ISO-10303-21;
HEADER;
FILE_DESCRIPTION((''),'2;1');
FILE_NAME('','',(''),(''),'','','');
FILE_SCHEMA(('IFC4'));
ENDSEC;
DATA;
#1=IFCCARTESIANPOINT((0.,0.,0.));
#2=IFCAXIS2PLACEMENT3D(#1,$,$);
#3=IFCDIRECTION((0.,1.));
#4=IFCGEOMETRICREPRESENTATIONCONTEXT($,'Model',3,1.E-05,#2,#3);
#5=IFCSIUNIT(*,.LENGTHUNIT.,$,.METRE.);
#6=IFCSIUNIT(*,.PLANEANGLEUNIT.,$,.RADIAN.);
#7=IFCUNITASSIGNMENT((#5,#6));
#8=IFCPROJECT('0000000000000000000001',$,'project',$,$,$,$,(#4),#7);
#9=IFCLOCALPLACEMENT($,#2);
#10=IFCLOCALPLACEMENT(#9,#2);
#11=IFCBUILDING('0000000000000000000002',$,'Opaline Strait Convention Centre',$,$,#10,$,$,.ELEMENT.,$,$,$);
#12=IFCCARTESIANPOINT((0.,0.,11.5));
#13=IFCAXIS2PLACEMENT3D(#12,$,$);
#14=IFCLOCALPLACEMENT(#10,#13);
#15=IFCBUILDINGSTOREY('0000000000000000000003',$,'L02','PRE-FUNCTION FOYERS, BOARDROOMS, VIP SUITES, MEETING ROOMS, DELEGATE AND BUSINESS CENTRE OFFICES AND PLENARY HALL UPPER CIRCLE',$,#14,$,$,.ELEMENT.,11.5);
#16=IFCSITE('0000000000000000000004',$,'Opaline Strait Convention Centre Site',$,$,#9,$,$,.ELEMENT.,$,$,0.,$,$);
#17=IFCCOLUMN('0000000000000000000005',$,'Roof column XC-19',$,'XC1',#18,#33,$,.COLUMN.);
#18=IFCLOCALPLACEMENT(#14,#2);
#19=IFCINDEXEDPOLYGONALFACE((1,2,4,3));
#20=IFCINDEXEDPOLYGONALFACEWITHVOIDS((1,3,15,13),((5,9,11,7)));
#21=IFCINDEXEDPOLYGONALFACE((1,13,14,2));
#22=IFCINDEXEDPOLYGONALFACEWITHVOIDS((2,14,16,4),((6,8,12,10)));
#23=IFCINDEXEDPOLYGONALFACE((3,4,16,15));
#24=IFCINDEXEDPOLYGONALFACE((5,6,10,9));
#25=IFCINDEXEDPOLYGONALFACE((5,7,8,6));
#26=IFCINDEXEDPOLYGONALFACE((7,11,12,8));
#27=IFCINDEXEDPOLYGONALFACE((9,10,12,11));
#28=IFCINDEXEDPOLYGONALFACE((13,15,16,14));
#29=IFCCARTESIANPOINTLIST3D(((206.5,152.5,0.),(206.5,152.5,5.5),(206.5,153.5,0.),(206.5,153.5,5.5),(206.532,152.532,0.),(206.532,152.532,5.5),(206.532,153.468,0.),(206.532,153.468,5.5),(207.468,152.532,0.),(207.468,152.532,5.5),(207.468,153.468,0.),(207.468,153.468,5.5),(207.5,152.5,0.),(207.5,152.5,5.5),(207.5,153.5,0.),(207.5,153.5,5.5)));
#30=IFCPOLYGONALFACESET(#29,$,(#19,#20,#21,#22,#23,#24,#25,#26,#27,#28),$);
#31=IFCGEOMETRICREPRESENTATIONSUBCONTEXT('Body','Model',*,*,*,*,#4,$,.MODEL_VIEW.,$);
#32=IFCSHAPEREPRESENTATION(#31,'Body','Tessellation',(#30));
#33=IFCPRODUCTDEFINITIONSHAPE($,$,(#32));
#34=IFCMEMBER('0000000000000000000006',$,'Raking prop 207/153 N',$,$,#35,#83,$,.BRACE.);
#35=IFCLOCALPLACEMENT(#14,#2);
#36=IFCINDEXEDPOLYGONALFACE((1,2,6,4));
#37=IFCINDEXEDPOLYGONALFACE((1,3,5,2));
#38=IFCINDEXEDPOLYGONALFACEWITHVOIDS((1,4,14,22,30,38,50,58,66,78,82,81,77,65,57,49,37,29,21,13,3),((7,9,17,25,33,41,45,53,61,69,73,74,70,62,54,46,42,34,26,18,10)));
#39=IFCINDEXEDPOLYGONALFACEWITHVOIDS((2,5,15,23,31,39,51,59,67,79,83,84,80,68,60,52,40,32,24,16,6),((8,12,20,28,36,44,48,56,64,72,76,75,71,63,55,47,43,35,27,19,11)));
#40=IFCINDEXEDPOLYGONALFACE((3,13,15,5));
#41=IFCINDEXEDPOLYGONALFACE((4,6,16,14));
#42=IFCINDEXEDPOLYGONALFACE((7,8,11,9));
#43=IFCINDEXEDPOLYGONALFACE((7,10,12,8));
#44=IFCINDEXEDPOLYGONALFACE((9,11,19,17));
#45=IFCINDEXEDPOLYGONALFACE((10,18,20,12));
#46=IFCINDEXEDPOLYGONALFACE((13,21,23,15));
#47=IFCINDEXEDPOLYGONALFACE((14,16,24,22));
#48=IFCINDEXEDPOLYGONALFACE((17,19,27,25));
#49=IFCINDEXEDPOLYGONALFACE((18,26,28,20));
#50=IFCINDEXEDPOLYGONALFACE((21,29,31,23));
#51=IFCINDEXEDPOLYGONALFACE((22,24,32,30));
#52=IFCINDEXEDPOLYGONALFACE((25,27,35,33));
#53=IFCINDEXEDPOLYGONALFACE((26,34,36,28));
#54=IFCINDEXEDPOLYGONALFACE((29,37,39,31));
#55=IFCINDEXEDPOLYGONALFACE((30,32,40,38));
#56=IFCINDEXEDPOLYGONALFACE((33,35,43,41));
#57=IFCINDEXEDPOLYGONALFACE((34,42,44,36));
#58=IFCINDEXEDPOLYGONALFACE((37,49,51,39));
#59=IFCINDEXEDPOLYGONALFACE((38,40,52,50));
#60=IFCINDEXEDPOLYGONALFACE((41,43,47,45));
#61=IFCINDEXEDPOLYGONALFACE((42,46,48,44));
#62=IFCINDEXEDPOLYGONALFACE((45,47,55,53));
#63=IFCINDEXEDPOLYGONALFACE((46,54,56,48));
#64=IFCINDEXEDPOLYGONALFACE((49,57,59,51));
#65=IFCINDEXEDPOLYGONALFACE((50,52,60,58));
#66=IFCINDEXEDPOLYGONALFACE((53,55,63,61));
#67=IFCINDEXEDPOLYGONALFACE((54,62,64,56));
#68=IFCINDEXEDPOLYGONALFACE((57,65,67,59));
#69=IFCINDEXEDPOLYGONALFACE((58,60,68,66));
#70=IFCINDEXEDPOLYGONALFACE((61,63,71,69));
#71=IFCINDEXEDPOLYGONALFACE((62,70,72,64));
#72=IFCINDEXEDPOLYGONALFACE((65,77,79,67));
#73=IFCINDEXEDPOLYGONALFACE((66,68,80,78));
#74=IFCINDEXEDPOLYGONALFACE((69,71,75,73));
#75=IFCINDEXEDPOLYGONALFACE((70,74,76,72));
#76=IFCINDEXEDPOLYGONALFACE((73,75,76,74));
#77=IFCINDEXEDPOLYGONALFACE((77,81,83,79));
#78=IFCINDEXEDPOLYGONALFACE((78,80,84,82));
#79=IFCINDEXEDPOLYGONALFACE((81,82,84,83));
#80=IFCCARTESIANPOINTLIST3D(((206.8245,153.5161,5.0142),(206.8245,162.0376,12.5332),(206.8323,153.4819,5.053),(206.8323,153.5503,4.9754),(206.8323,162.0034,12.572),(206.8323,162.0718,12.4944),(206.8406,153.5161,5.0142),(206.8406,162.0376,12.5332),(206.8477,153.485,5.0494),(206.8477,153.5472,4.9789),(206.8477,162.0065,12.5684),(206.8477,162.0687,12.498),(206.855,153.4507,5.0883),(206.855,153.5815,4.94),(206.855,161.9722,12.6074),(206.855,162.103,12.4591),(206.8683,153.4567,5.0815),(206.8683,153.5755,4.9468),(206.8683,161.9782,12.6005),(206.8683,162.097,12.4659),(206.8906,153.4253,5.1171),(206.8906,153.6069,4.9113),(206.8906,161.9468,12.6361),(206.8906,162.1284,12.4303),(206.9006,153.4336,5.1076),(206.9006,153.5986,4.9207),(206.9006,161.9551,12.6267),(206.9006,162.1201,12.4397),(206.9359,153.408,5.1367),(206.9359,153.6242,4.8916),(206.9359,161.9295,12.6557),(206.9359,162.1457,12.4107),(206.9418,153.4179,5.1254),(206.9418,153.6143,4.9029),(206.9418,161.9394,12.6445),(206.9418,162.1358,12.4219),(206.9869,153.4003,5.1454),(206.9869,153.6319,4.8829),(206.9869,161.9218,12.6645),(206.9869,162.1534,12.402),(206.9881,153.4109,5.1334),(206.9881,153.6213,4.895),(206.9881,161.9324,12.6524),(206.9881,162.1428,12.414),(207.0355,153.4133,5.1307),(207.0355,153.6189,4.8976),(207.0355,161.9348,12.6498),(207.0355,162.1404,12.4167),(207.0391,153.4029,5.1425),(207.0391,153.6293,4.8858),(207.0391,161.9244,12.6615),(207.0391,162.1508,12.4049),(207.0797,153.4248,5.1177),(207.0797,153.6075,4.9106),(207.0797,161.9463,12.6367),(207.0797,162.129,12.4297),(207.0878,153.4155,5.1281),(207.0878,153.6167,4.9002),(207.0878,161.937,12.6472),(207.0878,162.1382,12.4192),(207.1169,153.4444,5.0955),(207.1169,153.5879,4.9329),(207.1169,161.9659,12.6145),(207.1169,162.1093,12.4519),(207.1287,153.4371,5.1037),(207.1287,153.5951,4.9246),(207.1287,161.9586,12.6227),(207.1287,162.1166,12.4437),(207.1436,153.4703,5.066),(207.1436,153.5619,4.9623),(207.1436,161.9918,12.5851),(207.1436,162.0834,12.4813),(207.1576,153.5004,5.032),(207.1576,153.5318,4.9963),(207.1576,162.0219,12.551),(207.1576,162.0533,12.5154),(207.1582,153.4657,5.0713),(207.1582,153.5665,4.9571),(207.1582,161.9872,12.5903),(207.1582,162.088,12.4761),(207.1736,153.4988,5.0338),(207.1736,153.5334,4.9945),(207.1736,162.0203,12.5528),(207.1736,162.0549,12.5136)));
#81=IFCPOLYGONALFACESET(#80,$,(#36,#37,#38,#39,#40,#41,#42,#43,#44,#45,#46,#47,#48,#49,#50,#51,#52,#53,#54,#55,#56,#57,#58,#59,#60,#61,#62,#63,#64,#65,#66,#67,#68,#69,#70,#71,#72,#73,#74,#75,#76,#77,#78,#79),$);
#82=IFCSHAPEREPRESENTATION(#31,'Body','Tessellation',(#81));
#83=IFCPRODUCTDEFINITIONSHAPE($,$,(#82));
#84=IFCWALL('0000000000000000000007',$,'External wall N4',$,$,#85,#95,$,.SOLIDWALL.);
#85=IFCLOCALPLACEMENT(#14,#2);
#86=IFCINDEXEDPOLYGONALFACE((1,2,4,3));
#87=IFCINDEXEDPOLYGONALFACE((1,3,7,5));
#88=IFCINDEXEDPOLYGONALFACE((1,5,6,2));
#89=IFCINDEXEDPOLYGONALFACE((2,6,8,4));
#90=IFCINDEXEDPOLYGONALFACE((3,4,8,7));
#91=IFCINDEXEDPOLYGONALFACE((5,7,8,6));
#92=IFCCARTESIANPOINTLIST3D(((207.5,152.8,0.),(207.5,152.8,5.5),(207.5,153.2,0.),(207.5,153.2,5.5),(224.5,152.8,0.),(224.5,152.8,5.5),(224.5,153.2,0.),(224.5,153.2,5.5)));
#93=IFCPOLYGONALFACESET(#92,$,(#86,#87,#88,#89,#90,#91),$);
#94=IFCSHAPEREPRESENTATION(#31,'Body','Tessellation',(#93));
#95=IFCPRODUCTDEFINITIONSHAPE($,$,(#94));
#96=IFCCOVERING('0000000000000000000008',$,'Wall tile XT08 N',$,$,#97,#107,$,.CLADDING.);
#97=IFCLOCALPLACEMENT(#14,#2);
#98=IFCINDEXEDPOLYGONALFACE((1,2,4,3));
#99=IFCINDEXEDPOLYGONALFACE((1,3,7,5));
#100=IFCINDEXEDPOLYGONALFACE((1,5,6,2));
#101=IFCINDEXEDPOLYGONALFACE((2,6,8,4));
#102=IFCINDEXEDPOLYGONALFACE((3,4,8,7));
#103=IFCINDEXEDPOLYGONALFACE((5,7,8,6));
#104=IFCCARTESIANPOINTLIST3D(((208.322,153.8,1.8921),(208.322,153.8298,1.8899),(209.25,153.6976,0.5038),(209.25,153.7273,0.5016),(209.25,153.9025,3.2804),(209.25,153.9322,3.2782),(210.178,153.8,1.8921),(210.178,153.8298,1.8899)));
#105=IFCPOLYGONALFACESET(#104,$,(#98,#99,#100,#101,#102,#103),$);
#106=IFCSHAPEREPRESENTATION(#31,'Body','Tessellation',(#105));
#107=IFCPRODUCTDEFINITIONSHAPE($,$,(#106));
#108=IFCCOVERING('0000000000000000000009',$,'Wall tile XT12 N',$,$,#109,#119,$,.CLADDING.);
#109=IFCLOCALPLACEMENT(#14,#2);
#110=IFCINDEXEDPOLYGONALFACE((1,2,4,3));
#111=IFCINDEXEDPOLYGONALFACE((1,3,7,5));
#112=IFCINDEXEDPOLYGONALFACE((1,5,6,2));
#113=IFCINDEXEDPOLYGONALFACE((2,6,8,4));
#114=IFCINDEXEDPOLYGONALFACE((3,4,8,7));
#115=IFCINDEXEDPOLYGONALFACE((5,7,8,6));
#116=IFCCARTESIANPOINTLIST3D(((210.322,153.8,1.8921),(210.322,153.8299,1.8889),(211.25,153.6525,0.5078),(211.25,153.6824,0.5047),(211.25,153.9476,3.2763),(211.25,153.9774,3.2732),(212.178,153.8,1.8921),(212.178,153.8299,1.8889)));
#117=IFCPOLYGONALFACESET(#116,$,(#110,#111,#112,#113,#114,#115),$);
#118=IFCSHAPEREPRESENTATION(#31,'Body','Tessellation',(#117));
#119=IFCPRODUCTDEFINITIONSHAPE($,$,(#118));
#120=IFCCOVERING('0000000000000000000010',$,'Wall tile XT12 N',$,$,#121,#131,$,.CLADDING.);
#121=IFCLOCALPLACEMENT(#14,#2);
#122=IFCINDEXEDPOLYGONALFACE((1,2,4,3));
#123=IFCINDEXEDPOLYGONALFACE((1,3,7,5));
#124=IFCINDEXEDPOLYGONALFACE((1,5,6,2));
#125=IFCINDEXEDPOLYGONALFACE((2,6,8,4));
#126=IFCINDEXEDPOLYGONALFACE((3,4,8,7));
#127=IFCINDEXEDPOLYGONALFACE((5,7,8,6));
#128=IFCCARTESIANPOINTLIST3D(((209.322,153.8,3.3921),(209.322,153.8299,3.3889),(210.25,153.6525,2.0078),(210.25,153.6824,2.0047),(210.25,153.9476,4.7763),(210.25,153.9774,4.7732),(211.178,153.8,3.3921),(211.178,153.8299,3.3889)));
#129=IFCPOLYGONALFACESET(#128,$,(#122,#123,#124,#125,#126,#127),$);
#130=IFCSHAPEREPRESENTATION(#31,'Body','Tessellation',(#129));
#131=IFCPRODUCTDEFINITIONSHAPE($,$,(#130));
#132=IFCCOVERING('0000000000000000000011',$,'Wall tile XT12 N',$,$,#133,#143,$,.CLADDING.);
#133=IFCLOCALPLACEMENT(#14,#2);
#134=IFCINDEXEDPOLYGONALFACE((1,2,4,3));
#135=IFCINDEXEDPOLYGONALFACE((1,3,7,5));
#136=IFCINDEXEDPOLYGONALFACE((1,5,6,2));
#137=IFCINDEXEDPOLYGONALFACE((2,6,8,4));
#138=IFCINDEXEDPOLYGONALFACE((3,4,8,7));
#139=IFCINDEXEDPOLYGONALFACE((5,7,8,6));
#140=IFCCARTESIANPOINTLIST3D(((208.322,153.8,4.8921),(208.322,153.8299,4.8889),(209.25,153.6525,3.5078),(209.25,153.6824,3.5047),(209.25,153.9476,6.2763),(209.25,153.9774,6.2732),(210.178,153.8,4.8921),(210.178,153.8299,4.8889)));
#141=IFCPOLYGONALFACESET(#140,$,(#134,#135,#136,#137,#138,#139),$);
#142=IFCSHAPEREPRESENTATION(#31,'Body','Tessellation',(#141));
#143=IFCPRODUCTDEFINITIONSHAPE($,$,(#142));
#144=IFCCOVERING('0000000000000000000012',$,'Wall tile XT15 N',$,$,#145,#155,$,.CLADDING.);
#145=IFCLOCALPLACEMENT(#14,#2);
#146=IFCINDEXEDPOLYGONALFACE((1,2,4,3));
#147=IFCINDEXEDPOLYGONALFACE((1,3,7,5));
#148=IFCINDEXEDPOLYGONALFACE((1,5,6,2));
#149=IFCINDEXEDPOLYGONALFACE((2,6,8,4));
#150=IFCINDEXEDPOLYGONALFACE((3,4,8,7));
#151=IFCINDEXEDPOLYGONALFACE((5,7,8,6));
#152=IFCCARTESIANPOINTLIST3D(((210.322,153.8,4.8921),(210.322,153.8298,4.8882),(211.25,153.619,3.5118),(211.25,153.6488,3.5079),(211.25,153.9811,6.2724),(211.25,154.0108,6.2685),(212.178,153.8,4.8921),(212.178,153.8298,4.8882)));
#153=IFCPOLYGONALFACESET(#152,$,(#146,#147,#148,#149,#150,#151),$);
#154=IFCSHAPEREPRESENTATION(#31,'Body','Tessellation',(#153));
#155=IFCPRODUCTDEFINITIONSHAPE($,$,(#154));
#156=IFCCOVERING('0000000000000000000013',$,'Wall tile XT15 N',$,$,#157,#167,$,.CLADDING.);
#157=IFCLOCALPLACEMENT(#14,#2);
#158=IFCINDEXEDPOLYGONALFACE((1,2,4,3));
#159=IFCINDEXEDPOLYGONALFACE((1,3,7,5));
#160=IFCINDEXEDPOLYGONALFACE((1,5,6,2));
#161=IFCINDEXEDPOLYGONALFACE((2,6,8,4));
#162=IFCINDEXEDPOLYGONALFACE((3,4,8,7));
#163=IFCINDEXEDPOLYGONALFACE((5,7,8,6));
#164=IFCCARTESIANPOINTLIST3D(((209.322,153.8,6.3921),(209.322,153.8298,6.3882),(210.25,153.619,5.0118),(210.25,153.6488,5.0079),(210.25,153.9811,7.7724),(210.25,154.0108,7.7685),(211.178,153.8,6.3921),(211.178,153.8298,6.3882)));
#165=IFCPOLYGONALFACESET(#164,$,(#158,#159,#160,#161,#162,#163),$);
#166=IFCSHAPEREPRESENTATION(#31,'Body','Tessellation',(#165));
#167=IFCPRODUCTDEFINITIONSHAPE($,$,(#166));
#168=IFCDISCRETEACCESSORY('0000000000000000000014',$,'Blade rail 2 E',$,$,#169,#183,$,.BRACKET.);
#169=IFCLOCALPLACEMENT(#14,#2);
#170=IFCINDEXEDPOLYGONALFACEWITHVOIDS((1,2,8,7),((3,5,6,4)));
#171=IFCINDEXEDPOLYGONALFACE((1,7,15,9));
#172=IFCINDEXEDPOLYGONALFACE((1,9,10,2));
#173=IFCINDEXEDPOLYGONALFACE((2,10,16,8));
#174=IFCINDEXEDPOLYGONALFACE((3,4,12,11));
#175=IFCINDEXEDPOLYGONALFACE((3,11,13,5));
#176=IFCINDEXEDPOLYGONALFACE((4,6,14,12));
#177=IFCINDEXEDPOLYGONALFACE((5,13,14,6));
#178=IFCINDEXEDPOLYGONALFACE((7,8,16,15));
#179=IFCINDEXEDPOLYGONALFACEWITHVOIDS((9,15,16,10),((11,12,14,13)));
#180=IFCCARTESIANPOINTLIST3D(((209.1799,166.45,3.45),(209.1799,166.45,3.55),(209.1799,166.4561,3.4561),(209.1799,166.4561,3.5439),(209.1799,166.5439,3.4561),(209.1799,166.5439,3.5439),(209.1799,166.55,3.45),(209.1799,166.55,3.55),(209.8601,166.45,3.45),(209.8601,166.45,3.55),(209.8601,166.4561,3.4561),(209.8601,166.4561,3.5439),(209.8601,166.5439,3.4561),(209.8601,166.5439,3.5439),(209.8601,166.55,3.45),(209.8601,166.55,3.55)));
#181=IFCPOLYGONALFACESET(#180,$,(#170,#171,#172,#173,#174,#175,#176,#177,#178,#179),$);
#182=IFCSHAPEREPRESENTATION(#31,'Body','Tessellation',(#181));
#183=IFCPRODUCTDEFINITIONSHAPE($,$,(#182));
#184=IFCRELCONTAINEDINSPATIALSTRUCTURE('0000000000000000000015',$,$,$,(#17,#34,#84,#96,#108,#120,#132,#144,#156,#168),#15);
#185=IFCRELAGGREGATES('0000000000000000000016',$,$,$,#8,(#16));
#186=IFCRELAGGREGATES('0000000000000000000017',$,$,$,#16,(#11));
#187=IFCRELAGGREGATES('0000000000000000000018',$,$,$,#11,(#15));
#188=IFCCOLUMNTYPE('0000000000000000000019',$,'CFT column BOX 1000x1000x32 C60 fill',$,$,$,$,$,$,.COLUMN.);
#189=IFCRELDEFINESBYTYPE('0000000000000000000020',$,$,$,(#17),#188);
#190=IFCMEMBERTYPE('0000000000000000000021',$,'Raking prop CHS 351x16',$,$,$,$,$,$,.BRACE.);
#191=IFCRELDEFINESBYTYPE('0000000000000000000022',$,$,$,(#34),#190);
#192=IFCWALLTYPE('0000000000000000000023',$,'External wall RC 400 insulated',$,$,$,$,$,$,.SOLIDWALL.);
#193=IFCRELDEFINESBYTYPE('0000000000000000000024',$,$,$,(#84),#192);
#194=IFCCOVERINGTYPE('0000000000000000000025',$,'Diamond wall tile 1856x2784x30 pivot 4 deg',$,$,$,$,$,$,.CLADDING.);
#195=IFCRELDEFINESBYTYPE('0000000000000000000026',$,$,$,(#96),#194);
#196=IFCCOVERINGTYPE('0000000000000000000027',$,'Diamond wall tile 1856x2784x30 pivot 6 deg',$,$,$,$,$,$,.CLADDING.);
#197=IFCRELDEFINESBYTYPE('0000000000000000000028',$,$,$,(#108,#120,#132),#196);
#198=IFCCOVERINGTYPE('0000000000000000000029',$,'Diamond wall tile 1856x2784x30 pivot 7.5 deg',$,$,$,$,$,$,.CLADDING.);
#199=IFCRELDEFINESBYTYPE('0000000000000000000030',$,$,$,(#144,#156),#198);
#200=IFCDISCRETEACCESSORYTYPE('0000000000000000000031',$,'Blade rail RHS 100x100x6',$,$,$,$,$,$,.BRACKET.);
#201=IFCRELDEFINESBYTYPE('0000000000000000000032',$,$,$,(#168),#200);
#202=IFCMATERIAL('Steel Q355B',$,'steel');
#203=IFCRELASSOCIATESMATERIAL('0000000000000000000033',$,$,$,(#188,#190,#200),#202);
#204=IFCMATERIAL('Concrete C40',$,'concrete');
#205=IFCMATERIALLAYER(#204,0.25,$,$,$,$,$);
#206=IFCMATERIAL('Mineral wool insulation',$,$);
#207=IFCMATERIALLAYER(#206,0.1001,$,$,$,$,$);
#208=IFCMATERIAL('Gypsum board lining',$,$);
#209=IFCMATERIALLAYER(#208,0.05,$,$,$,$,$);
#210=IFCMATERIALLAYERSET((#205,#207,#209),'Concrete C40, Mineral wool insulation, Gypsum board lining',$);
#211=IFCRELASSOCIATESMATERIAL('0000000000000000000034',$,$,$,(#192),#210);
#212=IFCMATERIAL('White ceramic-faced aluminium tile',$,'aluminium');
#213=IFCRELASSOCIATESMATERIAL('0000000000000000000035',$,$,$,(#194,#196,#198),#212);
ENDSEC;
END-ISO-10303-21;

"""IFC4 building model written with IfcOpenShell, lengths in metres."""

from ifc_helpers import new_model, si_unit, direction, frame, frame_2d, origin, origin_2d, place, context, subcontext, project, spatial, polyline, rectangle, hollow_rectangle, hollow_circle, outline, extrude, material, layer, layer_set, material_profile, profile_set, type_object, element, save


model = new_model("IFC4")

# Units and contexts
model_context = context("Model", 3, precision=1e-05, world=origin(), true_north=direction((0.0, 1.0)))
body_context = subcontext(model_context, "Body", "Model", "MODEL_VIEW")
ifc_project = project(units=[si_unit("LENGTHUNIT", "METRE"), si_unit("PLANEANGLEUNIT", "RADIAN")], contexts=[model_context])

# Site, building, storey
site_placement = place(None, origin())
site = spatial("IfcSite", under=ifc_project, at=site_placement, Name="Opaline Strait Convention Centre Site", CompositionType="ELEMENT", RefElevation=0.0)
building_placement = place(site_placement, origin())
building = spatial("IfcBuilding", under=site, at=building_placement, Name="Opaline Strait Convention Centre", CompositionType="ELEMENT")
storey_placement = place(building_placement, frame((0.0, 0.0, 11.5)))
storey = spatial("IfcBuildingStorey", under=building, at=storey_placement, Name="L02", Description="PRE-FUNCTION FOYERS, BOARDROOMS, VIP SUITES, MEETING ROOMS, DELEGATE AND BUSINESS CENTRE OFFICES AND PLENARY HALL UPPER CIRCLE", CompositionType="ELEMENT", Elevation=11.5)

# Column
ifc_material_1 = material(Name="Steel Q355B", Category="steel")
ifc_material_profile_1 = material_profile(ifc_material_1, hollow_rectangle(XDim=1.0, YDim=1.0, WallThickness=0.032, at=origin_2d()), Name="BOX 1000x1000x32")
ifc_profile_set_1 = profile_set([ifc_material_profile_1], Name="Steel Q355B")
column_type = type_object("IfcColumnType", Name="CFT column BOX 1000x1000x32 C60 fill", PredefinedType="COLUMN", material=ifc_profile_set_1)
column_placement = place(storey_placement, frame((207.0, 153.0, 0.0), z_axis=(0.0, 0.0, 1.0), x_axis=(1.0, 0.0, 0.0)))
element("IfcColumn", 1, at=column_placement, inside=storey, type_object=column_type, Name="Roof column XC-19", ObjectType="XC1", PredefinedType="COLUMN", context=body_context, shape_type="SweptSolid", body=[
    extrude(hollow_rectangle(XDim=1.0, YDim=1.0, WallThickness=0.032, at=origin_2d()), origin(), (0.0, 0.0, 1.0), 5.5),
])

# Member
ifc_material_profile_2 = material_profile(ifc_material_1, hollow_circle(Radius=0.1755, WallThickness=0.0161, at=origin_2d()), Name="CHS 351x16")
ifc_profile_set_2 = profile_set([ifc_material_profile_2], Name="Steel Q355B")
member_type = type_object("IfcMemberType", Name="Raking prop CHS 351x16", PredefinedType="BRACE", material=ifc_profile_set_2)
member_placement = place(storey_placement, frame((207.0, 153.5161, 5.0142), z_axis=(0.0, 0.749834, 0.661626), x_axis=(-1.0, 0.0, 0.0)))
element("IfcMember", 2, at=member_placement, inside=storey, type_object=member_type, Name="Raking prop 207/153 N", PredefinedType="BRACE", context=body_context, shape_type="SweptSolid", body=[
    extrude(hollow_circle(Radius=0.1755, WallThickness=0.0161, at=origin_2d()), origin(), (0.0, 0.0, 1.0), 11.3645),
])

# Wall
ifc_material_2 = material(Name="Concrete C40", Category="concrete")
ifc_layer_1 = layer(ifc_material_2, 0.25)
ifc_material_3 = material(Name="Mineral wool insulation")
ifc_layer_2 = layer(ifc_material_3, 0.1001)
ifc_material_4 = material(Name="Gypsum board lining")
ifc_layer_3 = layer(ifc_material_4, 0.05)
ifc_layer_set = layer_set([ifc_layer_1, ifc_layer_2, ifc_layer_3], Name="Concrete C40, Mineral wool insulation, Gypsum board lining")
wall_type = type_object("IfcWallType", Name="External wall RC 400 insulated", PredefinedType="SOLIDWALL", material=ifc_layer_set)
wall_placement = place(storey_placement, frame((207.5, 153.0, 0.0), z_axis=(0.0, 0.0, 1.0), x_axis=(1.0, 0.0, 0.0)))
element("IfcWall", 3, at=wall_placement, inside=storey, type_object=wall_type, Name="External wall N4", PredefinedType="SOLIDWALL", context=body_context, shape_type="SweptSolid", body=[
    extrude(rectangle(XDim=17.0, YDim=0.3999, at=frame_2d((8.5, 0.0))), origin(), (0.0, 0.0, 1.0), 5.5),
])

# Coverings
ifc_material_5 = material(Name="White ceramic-faced aluminium tile", Category="aluminium")
ifc_material_profile_3 = material_profile(ifc_material_5, outline(polyline([(0.928, 0.0), (0.0, 1.3921), (-0.928, 0.0), (0.0, -1.3921), (0.928, 0.0)])), Name="Diamond tile 1856x2784")
ifc_profile_set_3 = profile_set([ifc_material_profile_3], Name="White ceramic-faced aluminium tile")
covering_type_1 = type_object("IfcCoveringType", Name="Diamond wall tile 1856x2784x30 pivot 4 deg", PredefinedType="CLADDING", material=ifc_profile_set_3)
covering_placement = place(storey_placement, frame((209.25, 153.8, 1.8921), z_axis=(0.0, 0.99729, -0.073571), x_axis=(-1.0, 0.0, 0.0)))
element("IfcCovering", 4, at=covering_placement, inside=storey, type_object=covering_type_1, Name="Wall tile XT08 N", PredefinedType="CLADDING", context=body_context, shape_type="SweptSolid", body=[
    extrude(outline(polyline([(0.928, 0.0), (0.0, 1.3921), (-0.928, 0.0), (0.0, -1.3921), (0.928, 0.0)])), origin(), (0.0, 0.0, 1.0), 0.0298),
])
ifc_material_profile_4 = material_profile(ifc_material_5, outline(polyline([(0.928, 0.0), (0.0, 1.3921), (-0.928, 0.0), (0.0, -1.3921), (0.928, 0.0)])), Name="Diamond tile 1856x2784")
ifc_profile_set_4 = profile_set([ifc_material_profile_4], Name="White ceramic-faced aluminium tile")
covering_type_2 = type_object("IfcCoveringType", Name="Diamond wall tile 1856x2784x30 pivot 6 deg", PredefinedType="CLADDING", material=ifc_profile_set_4)
for number, where, z_axis, x_axis, name in (
    (5, (211.25, 153.8, 1.8921), (0.0, 0.994371, -0.105958), (-1.0, 0.0, 0.0), "Wall tile XT12 N"),
    (6, (210.25, 153.8, 3.3921), (0.0, 0.994371, -0.105958), (-1.0, 0.0, 0.0), "Wall tile XT12 N"),
    (7, (209.25, 153.8, 4.8921), (0.0, 0.994371, -0.105958), (-1.0, 0.0, 0.0), "Wall tile XT12 N"),
):
    element("IfcCovering", number, at=place(storey_placement, frame(where, z_axis=z_axis, x_axis=x_axis)), inside=storey, type_object=covering_type_2, Name=name, PredefinedType="CLADDING", context=body_context, shape_type="SweptSolid", body=[
        extrude(outline(polyline([(0.928, 0.0), (0.0, 1.3921), (-0.928, 0.0), (0.0, -1.3921), (0.928, 0.0)])), origin(), (0.0, 0.0, 1.0), 0.03),
    ])
ifc_material_profile_5 = material_profile(ifc_material_5, outline(polyline([(0.928, 0.0), (0.0, 1.3921), (-0.928, 0.0), (0.0, -1.3921), (0.928, 0.0)])), Name="Diamond tile 1856x2784")
ifc_profile_set_5 = profile_set([ifc_material_profile_5], Name="White ceramic-faced aluminium tile")
covering_type_3 = type_object("IfcCoveringType", Name="Diamond wall tile 1856x2784x30 pivot 7.5 deg", PredefinedType="CLADDING", material=ifc_profile_set_5)
for number, where, z_axis, x_axis, name in (
    (8, (211.25, 153.8, 4.8921), (0.0, 0.99151, -0.130034), (-1.0, 0.0, 0.0), "Wall tile XT15 N"),
    (9, (210.25, 153.8, 6.3921), (0.0, 0.99151, -0.130034), (-1.0, 0.0, 0.0), "Wall tile XT15 N"),
):
    element("IfcCovering", number, at=place(storey_placement, frame(where, z_axis=z_axis, x_axis=x_axis)), inside=storey, type_object=covering_type_3, Name=name, PredefinedType="CLADDING", context=body_context, shape_type="SweptSolid", body=[
        extrude(outline(polyline([(0.928, 0.0), (0.0, 1.3921), (-0.928, 0.0), (0.0, -1.3921), (0.928, 0.0)])), origin(), (0.0, 0.0, 1.0), 0.03),
    ])

# Discrete accessory
ifc_material_profile_6 = material_profile(ifc_material_1, hollow_rectangle(XDim=0.1001, YDim=0.1001, WallThickness=0.0061, at=origin_2d()), Name="RHS 100x100x6")
ifc_profile_set_6 = profile_set([ifc_material_profile_6], Name="Steel Q355B")
discrete_accessory_type_1 = type_object("IfcDiscreteAccessoryType", Name="Blade rail RHS 100x100x6", PredefinedType="BRACKET", material=ifc_profile_set_6)
discrete_accessory_1_placement = place(storey_placement, frame((209.1799, 166.5, 3.5), z_axis=(1.0, 0.0, 0.0), x_axis=(0.0, 1.0, 0.0)))
element("IfcDiscreteAccessory", 10, at=discrete_accessory_1_placement, inside=storey, type_object=discrete_accessory_type_1, Name="Blade rail 2 E", PredefinedType="BRACKET", context=body_context, shape_type="SweptSolid", body=[
    extrude(hollow_rectangle(XDim=0.1001, YDim=0.1001, WallThickness=0.0061, at=origin_2d()), origin(), (0.0, 0.0, 1.0), 0.6802),
])

save(model, "model.ifc")
